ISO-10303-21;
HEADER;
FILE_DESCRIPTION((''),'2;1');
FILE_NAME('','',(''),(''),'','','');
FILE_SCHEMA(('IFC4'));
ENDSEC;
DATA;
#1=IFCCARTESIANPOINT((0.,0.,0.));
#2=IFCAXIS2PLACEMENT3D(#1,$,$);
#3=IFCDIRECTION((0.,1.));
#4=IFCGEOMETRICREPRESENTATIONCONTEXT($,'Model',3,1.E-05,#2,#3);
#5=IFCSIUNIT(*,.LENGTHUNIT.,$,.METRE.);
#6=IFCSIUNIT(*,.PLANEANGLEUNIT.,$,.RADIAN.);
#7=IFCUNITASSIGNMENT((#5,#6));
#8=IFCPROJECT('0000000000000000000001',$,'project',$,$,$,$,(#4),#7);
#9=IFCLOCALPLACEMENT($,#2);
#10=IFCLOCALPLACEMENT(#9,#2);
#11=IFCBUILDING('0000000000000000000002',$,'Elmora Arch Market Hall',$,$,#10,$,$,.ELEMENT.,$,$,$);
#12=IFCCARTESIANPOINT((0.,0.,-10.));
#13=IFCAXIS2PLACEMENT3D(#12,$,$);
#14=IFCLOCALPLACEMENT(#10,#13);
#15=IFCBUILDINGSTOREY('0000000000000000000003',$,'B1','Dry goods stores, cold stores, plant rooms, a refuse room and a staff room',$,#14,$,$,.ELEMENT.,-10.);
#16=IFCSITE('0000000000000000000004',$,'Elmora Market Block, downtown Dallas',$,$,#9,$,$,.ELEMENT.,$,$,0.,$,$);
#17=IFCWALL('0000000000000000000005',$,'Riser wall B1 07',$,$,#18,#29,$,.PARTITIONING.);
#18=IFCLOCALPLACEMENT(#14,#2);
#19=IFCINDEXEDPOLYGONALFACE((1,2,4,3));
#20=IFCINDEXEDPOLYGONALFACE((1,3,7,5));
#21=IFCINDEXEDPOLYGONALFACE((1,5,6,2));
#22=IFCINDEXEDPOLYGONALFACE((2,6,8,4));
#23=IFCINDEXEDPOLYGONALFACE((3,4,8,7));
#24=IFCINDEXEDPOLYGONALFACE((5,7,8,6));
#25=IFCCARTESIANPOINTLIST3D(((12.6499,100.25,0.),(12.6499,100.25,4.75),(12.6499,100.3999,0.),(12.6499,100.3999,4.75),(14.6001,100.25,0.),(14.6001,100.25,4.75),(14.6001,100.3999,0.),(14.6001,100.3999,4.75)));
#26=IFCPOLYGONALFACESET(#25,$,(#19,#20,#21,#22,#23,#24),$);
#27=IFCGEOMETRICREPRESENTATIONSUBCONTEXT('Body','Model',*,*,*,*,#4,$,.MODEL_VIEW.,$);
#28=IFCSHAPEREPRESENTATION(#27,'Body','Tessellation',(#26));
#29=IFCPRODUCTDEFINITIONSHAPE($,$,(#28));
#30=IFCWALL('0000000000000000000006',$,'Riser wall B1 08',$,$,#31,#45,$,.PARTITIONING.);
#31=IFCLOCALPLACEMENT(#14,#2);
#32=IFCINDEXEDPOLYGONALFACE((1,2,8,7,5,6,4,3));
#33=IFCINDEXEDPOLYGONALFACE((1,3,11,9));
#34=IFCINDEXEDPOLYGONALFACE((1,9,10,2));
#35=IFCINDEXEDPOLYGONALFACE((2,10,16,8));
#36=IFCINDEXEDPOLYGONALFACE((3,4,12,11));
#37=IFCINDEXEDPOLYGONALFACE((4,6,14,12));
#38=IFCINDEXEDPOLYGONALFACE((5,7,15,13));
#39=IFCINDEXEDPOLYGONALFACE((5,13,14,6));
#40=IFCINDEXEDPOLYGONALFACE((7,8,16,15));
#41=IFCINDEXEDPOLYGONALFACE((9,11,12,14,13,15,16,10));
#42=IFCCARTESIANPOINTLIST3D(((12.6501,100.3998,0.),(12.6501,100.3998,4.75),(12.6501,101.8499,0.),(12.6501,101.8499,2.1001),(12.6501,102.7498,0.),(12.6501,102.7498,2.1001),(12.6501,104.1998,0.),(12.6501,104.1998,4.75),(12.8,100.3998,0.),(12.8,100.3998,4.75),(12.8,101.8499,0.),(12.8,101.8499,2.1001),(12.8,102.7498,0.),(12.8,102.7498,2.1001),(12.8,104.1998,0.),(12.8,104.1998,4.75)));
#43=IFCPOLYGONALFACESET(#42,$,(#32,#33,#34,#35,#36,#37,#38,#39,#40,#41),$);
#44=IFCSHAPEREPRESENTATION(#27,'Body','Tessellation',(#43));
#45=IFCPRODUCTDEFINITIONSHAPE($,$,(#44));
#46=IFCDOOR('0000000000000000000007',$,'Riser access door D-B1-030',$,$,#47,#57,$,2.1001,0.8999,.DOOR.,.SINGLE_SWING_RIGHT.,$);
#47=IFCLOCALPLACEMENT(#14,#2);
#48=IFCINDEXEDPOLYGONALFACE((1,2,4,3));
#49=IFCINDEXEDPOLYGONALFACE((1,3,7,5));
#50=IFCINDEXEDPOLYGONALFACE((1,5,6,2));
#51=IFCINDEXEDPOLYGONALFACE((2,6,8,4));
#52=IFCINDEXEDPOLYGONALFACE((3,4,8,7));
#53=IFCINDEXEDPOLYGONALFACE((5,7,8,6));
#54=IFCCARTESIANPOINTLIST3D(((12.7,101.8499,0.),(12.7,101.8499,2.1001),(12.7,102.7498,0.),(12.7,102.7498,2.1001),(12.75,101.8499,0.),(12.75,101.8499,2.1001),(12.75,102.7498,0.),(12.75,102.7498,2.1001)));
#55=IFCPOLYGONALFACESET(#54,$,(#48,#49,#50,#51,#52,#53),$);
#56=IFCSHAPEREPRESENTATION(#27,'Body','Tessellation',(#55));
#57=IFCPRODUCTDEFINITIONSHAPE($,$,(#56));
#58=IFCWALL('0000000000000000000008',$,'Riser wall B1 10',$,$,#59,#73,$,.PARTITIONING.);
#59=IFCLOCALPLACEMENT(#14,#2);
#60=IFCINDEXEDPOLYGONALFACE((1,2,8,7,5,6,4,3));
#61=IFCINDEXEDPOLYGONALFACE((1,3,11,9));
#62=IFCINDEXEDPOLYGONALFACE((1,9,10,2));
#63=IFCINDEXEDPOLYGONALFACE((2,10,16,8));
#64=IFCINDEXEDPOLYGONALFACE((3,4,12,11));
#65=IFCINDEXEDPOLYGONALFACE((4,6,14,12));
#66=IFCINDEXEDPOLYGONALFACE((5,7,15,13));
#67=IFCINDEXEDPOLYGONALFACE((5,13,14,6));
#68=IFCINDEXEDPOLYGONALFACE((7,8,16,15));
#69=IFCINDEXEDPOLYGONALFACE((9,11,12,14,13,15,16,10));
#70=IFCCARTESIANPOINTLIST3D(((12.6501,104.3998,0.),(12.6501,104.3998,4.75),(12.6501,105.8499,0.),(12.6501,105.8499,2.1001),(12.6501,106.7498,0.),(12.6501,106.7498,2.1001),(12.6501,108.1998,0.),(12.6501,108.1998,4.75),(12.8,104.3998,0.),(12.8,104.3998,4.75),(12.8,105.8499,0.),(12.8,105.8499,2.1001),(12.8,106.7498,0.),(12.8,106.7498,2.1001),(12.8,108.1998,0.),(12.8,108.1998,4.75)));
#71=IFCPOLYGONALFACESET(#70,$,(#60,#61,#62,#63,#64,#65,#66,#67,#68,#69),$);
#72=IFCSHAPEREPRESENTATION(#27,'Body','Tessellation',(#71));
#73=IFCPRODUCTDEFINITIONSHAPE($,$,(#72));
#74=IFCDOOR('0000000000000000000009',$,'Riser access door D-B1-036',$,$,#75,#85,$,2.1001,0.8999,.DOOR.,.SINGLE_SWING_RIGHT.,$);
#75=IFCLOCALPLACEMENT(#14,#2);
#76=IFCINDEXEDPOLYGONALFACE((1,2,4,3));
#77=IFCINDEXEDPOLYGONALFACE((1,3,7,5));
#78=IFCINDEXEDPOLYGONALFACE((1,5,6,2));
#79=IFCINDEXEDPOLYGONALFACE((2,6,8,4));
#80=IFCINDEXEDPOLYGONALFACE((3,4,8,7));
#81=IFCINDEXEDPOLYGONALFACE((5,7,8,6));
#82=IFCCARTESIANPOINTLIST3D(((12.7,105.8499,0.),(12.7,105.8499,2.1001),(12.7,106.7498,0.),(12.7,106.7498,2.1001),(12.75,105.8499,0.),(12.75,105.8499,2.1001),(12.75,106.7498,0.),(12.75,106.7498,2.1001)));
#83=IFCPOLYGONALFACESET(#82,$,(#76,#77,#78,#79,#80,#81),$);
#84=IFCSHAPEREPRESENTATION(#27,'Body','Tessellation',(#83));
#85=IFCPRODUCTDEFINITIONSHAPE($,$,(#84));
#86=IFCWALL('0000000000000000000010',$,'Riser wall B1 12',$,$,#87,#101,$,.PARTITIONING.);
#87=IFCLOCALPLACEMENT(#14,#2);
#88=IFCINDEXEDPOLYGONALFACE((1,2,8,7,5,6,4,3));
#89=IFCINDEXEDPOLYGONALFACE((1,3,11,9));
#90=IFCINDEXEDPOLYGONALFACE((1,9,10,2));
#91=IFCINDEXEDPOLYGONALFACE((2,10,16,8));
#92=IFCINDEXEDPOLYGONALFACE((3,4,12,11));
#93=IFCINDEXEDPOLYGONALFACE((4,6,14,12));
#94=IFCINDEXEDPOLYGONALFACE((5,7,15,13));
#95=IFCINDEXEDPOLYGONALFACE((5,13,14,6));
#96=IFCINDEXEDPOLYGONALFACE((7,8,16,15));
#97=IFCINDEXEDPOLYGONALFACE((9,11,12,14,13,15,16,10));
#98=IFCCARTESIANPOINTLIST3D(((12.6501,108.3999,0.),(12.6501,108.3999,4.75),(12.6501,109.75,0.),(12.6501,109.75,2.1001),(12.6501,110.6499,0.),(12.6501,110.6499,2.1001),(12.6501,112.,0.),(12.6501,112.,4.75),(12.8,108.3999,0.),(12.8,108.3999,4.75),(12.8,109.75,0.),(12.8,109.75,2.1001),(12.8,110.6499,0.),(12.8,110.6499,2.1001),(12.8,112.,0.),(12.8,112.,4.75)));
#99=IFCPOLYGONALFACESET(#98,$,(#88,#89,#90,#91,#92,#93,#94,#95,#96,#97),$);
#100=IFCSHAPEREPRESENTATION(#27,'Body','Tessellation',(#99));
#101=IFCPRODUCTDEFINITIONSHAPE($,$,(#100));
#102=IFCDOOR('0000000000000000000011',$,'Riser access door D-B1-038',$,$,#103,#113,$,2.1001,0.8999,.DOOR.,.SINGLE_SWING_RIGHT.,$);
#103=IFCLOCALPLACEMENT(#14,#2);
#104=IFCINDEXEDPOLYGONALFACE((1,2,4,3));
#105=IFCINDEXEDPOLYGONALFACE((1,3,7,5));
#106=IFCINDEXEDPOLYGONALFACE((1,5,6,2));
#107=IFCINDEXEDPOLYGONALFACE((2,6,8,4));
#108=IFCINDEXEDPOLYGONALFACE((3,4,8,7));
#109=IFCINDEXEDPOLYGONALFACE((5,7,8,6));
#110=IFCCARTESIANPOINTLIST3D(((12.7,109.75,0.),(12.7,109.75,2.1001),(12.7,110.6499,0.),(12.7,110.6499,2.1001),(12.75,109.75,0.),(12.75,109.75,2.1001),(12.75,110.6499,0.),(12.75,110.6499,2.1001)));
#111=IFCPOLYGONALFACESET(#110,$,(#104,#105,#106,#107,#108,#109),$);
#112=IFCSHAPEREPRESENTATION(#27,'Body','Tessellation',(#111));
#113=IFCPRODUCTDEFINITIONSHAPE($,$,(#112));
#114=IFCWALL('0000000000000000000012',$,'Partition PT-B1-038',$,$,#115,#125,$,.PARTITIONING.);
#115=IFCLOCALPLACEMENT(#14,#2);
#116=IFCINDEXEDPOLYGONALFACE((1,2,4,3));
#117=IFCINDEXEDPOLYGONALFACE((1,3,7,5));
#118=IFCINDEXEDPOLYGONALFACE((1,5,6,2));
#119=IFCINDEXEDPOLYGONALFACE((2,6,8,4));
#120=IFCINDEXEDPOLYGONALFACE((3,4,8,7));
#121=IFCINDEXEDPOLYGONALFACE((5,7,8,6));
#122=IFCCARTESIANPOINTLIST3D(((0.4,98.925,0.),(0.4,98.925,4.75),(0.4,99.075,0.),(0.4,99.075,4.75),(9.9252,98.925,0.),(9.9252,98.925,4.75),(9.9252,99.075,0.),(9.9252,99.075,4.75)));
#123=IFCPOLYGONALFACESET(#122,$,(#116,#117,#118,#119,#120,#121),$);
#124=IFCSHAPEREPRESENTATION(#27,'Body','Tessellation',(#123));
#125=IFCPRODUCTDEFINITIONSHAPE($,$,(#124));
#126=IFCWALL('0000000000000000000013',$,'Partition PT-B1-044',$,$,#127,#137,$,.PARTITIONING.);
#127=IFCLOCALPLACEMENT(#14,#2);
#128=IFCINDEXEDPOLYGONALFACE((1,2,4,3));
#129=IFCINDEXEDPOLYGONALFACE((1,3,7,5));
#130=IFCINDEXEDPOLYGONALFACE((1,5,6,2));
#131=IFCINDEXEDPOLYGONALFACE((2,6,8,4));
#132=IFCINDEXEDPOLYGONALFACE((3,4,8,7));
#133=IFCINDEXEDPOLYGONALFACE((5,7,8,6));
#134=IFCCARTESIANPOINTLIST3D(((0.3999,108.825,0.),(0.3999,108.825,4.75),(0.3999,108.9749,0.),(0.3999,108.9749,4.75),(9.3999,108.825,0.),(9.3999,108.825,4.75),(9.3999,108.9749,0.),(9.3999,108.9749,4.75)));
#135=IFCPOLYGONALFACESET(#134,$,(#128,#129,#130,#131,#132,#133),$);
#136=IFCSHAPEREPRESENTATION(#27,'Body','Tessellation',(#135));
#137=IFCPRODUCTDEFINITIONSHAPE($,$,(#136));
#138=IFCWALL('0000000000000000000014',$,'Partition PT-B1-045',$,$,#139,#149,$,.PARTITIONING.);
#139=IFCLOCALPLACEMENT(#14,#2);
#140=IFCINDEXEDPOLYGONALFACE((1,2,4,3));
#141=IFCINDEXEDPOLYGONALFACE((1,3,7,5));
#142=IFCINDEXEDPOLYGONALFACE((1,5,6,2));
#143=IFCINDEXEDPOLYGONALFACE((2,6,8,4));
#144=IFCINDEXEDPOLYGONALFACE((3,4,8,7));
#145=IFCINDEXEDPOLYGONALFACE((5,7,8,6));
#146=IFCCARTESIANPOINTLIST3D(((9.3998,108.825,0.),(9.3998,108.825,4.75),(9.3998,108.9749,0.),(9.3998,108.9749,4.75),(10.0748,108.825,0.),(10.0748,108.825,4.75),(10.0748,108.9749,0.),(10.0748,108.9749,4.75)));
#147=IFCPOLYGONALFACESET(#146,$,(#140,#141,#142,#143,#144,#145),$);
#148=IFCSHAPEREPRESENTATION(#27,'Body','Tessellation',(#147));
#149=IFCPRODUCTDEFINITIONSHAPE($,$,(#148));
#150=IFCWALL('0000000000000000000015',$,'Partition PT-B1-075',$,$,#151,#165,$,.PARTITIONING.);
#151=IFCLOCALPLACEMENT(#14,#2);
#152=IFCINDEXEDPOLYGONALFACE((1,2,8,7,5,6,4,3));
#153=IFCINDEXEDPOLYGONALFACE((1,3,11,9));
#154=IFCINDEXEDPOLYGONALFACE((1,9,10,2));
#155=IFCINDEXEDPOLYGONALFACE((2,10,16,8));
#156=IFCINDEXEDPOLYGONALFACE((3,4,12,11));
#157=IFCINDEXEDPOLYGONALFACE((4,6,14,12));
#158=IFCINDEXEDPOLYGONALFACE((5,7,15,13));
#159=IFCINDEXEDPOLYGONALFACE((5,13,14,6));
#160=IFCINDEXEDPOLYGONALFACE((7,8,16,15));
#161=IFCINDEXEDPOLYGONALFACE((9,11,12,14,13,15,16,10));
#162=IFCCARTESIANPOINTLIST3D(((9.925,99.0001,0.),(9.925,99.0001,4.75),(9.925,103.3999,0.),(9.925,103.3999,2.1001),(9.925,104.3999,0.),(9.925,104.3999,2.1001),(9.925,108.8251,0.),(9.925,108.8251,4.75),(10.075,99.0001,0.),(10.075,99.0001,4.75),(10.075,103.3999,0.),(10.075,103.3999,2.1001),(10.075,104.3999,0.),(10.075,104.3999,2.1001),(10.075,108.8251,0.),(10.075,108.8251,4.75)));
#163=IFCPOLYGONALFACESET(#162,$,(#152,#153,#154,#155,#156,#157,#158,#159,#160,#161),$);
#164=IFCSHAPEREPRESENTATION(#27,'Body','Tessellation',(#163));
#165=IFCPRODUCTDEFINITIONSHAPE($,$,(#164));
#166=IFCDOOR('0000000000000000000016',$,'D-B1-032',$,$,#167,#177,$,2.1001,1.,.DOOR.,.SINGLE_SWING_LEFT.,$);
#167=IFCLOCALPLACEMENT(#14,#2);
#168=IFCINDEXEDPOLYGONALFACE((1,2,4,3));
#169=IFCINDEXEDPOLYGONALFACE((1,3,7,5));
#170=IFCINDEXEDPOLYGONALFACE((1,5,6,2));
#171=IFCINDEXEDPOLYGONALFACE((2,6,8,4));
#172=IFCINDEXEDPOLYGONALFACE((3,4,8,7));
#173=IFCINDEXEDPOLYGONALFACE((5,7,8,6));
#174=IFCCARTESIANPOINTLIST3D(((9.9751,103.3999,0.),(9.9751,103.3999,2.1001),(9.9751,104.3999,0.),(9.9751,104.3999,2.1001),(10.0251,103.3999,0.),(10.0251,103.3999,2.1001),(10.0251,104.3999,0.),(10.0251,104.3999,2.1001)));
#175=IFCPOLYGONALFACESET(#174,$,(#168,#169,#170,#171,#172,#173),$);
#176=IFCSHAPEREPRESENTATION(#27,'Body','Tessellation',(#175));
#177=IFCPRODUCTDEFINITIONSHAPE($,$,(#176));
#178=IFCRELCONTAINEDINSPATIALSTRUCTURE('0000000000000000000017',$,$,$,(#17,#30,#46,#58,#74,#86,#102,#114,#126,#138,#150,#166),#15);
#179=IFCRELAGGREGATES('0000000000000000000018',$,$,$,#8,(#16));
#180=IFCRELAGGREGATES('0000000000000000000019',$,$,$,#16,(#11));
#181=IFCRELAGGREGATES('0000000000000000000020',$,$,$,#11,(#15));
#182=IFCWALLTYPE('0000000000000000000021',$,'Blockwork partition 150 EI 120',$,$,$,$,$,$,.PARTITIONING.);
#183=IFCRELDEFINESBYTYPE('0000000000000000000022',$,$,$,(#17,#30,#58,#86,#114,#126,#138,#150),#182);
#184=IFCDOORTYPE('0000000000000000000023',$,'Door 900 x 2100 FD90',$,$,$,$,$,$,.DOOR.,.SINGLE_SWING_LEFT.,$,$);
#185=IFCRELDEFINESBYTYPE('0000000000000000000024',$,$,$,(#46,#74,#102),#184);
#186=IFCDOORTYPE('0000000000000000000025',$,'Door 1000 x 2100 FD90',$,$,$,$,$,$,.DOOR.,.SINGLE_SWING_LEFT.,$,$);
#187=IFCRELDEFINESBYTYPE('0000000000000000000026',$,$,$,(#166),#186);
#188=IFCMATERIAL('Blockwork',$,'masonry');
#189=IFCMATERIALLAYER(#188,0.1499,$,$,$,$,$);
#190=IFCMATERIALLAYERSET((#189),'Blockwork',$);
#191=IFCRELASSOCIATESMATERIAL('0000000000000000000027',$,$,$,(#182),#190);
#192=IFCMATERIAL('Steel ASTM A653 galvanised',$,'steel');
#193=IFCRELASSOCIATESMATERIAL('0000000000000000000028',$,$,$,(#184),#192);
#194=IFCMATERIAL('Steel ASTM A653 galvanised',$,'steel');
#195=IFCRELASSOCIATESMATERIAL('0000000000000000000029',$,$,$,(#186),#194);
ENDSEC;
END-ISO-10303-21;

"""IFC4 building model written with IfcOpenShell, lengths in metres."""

from ifc_helpers import new_model, si_unit, direction, frame, frame_2d, origin, place, context, subcontext, project, spatial, rectangle, extrude, material, layer, layer_set, type_object, element, fill, save


model = new_model("IFC4")

# Units and contexts
model_context = context("Model", 3, precision=1e-05, world=origin(), true_north=direction((0.0, 1.0)))
body_context = subcontext(model_context, "Body", "Model", "MODEL_VIEW")
ifc_project = project(units=[si_unit("LENGTHUNIT", "METRE"), si_unit("PLANEANGLEUNIT", "RADIAN")], contexts=[model_context])

# Site, building, storey
site_placement = place(None, origin())
site = spatial("IfcSite", under=ifc_project, at=site_placement, Name="Elmora Market Block, downtown Dallas", CompositionType="ELEMENT", RefElevation=0.0)
building_placement = place(site_placement, origin())
building = spatial("IfcBuilding", under=site, at=building_placement, Name="Elmora Arch Market Hall", CompositionType="ELEMENT")
storey_placement = place(building_placement, frame((0.0, 0.0, -10.0)))
storey = spatial("IfcBuildingStorey", under=building, at=storey_placement, Name="B1", Description="Dry goods stores, cold stores, plant rooms, a refuse room and a staff room", CompositionType="ELEMENT", Elevation=-10.0)

# Wall
ifc_material_1 = material(Name="Blockwork", Category="masonry")
ifc_layer_1 = layer(ifc_material_1, 0.1499)
ifc_layer_set_1 = layer_set([ifc_layer_1], Name="Blockwork")
wall_type_1 = type_object("IfcWallType", Name="Blockwork partition 150 EI 120", PredefinedType="PARTITIONING", material=ifc_layer_set_1)
wall_1_placement = place(storey_placement, frame((12.6499, 100.325, 0.0), z_axis=(0.0, 0.0, 1.0), x_axis=(1.0, 0.0, 0.0)))
element("IfcWall", 1, at=wall_1_placement, inside=storey, type_object=wall_type_1, Name="Riser wall B1 07", PredefinedType="PARTITIONING", context=body_context, shape_type="SweptSolid", body=[
    extrude(rectangle(XDim=1.9502, YDim=0.1499, at=frame_2d((0.9751, 0.0))), origin(), (0.0, 0.0, 1.0), 4.75),
])

# Walls, openings, doors
wall_2_placement = place(storey_placement, frame((12.7251, 100.3999, 0.0), z_axis=(0.0, 0.0, 1.0), x_axis=(0.0, 1.0, 0.0)))
wall_2 = element("IfcWall", 2, at=wall_2_placement, inside=storey, type_object=wall_type_1, Name="Riser wall B1 08", PredefinedType="PARTITIONING", context=body_context, shape_type="SweptSolid", body=[
    extrude(rectangle(XDim=3.8, YDim=0.1499, at=frame_2d((1.8999, 0.0))), origin(), (0.0, 0.0, 1.0), 4.75),
])
opening_1_placement = place(wall_2_placement, frame((1.45, 0.0, 0.0)))
opening_1 = element("IfcOpeningElement", 3, at=opening_1_placement, cuts=wall_2, PredefinedType="OPENING", context=body_context, shape_type="SweptSolid", body=[
    extrude(rectangle(XDim=0.8999, YDim=2.1001, at=frame_2d((0.45, 1.05))), frame((0.0, 0.085, 0.0), z_axis=(0.0, -1.0, 0.0), x_axis=(1.0, 0.0, 0.0)), (0.0, 0.0, 1.0), 0.1699),
])
ifc_material_2 = material(Name="Steel ASTM A653 galvanised", Category="steel")
door_type_1 = type_object("IfcDoorType", Name="Door 900 x 2100 FD90", OperationType="SINGLE_SWING_LEFT", PredefinedType="DOOR", material=ifc_material_2)
door_1_placement = place(opening_1_placement, frame((0.8999, 0.0, 0.0), z_axis=(0.0, 0.0, 1.0), x_axis=(-1.0, 0.0, 0.0)))
door_1 = element("IfcDoor", 4, at=door_1_placement, inside=storey, type_object=door_type_1, Name="Riser access door D-B1-030", OperationType="SINGLE_SWING_RIGHT", OverallHeight=2.1001, OverallWidth=0.8999, PredefinedType="DOOR", context=body_context, shape_type="SweptSolid", body=[
    extrude(rectangle(XDim=0.8999, YDim=2.1001, at=frame_2d((0.45, 1.05))), frame((0.0, 0.0249, 0.0), z_axis=(0.0, -1.0, 0.0), x_axis=(1.0, 0.0, 0.0)), (0.0, 0.0, 1.0), 0.05),
])
fill(opening_1, door_1)
wall_3_placement = place(storey_placement, frame((12.7251, 104.3999, 0.0), z_axis=(0.0, 0.0, 1.0), x_axis=(0.0, 1.0, 0.0)))
wall_3 = element("IfcWall", 5, at=wall_3_placement, inside=storey, type_object=wall_type_1, Name="Riser wall B1 10", PredefinedType="PARTITIONING", context=body_context, shape_type="SweptSolid", body=[
    extrude(rectangle(XDim=3.8, YDim=0.1499, at=frame_2d((1.8999, 0.0))), origin(), (0.0, 0.0, 1.0), 4.75),
])
opening_2_placement = place(wall_3_placement, frame((1.45, 0.0, 0.0)))
opening_2 = element("IfcOpeningElement", 6, at=opening_2_placement, cuts=wall_3, PredefinedType="OPENING", context=body_context, shape_type="SweptSolid", body=[
    extrude(rectangle(XDim=0.8999, YDim=2.1001, at=frame_2d((0.45, 1.05))), frame((0.0, 0.085, 0.0), z_axis=(0.0, -1.0, 0.0), x_axis=(1.0, 0.0, 0.0)), (0.0, 0.0, 1.0), 0.1699),
])
door_2_placement = place(opening_2_placement, frame((0.8999, 0.0, 0.0), z_axis=(0.0, 0.0, 1.0), x_axis=(-1.0, 0.0, 0.0)))
door_2 = element("IfcDoor", 7, at=door_2_placement, inside=storey, type_object=door_type_1, Name="Riser access door D-B1-036", OperationType="SINGLE_SWING_RIGHT", OverallHeight=2.1001, OverallWidth=0.8999, PredefinedType="DOOR", context=body_context, shape_type="SweptSolid", body=[
    extrude(rectangle(XDim=0.8999, YDim=2.1001, at=frame_2d((0.45, 1.05))), frame((0.0, 0.0249, 0.0), z_axis=(0.0, -1.0, 0.0), x_axis=(1.0, 0.0, 0.0)), (0.0, 0.0, 1.0), 0.05),
])
fill(opening_2, door_2)
wall_4_placement = place(storey_placement, frame((12.7251, 108.3999, 0.0), z_axis=(0.0, 0.0, 1.0), x_axis=(0.0, 1.0, 0.0)))
wall_4 = element("IfcWall", 8, at=wall_4_placement, inside=storey, type_object=wall_type_1, Name="Riser wall B1 12", PredefinedType="PARTITIONING", context=body_context, shape_type="SweptSolid", body=[
    extrude(rectangle(XDim=3.6001, YDim=0.1499, at=frame_2d((1.8, 0.0))), origin(), (0.0, 0.0, 1.0), 4.75),
])
opening_3_placement = place(wall_4_placement, frame((1.3501, 0.0, 0.0)))
opening_3 = element("IfcOpeningElement", 9, at=opening_3_placement, cuts=wall_4, PredefinedType="OPENING", context=body_context, shape_type="SweptSolid", body=[
    extrude(rectangle(XDim=0.8999, YDim=2.1001, at=frame_2d((0.45, 1.05))), frame((0.0, 0.085, 0.0), z_axis=(0.0, -1.0, 0.0), x_axis=(1.0, 0.0, 0.0)), (0.0, 0.0, 1.0), 0.1699),
])
door_3_placement = place(opening_3_placement, frame((0.8999, 0.0, 0.0), z_axis=(0.0, 0.0, 1.0), x_axis=(-1.0, 0.0, 0.0)))
door_3 = element("IfcDoor", 10, at=door_3_placement, inside=storey, type_object=door_type_1, Name="Riser access door D-B1-038", OperationType="SINGLE_SWING_RIGHT", OverallHeight=2.1001, OverallWidth=0.8999, PredefinedType="DOOR", context=body_context, shape_type="SweptSolid", body=[
    extrude(rectangle(XDim=0.8999, YDim=2.1001, at=frame_2d((0.45, 1.05))), frame((0.0, 0.0249, 0.0), z_axis=(0.0, -1.0, 0.0), x_axis=(1.0, 0.0, 0.0)), (0.0, 0.0, 1.0), 0.05),
])
fill(opening_3, door_3)

# Walls
wall_5_placement = place(storey_placement, frame((0.3999, 99.0, 0.0), z_axis=(0.0, 0.0, 1.0), x_axis=(1.0, 0.0, 0.0)))
element("IfcWall", 11, at=wall_5_placement, inside=storey, type_object=wall_type_1, Name="Partition PT-B1-038", PredefinedType="PARTITIONING", context=body_context, shape_type="SweptSolid", body=[
    extrude(rectangle(XDim=9.5251, YDim=0.1499, at=frame_2d((4.7627, 0.0))), origin(), (0.0, 0.0, 1.0), 4.75),
])
wall_6_placement = place(storey_placement, frame((0.3999, 108.8999, 0.0), z_axis=(0.0, 0.0, 1.0), x_axis=(1.0, 0.0, 0.0)))
element("IfcWall", 12, at=wall_6_placement, inside=storey, type_object=wall_type_1, Name="Partition PT-B1-044", PredefinedType="PARTITIONING", context=body_context, shape_type="SweptSolid", body=[
    extrude(rectangle(XDim=9.0, YDim=0.1499, at=frame_2d((4.5, 0.0))), origin(), (0.0, 0.0, 1.0), 4.75),
])
wall_7_placement = place(storey_placement, frame((9.3999, 108.8999, 0.0), z_axis=(0.0, 0.0, 1.0), x_axis=(1.0, 0.0, 0.0)))
element("IfcWall", 13, at=wall_7_placement, inside=storey, type_object=wall_type_1, Name="Partition PT-B1-045", PredefinedType="PARTITIONING", context=body_context, shape_type="SweptSolid", body=[
    extrude(rectangle(XDim=0.675, YDim=0.1499, at=frame_2d((0.3374, 0.0))), origin(), (0.0, 0.0, 1.0), 4.75),
])

# Wall, opening, door
wall_8_placement = place(storey_placement, frame((10.0, 99.0, 0.0), z_axis=(0.0, 0.0, 1.0), x_axis=(0.0, 1.0, 0.0)))
wall_8 = element("IfcWall", 14, at=wall_8_placement, inside=storey, type_object=wall_type_1, Name="Partition PT-B1-075", PredefinedType="PARTITIONING", context=body_context, shape_type="SweptSolid", body=[
    extrude(rectangle(XDim=9.825, YDim=0.1499, at=frame_2d((4.9126, 0.0))), origin(), (0.0, 0.0, 1.0), 4.75),
])
opening_4_placement = place(wall_8_placement, frame((4.3999, 0.0, 0.0)))
opening_4 = element("IfcOpeningElement", 15, at=opening_4_placement, cuts=wall_8, PredefinedType="OPENING", context=body_context, shape_type="SweptSolid", body=[
    extrude(rectangle(XDim=1.0, YDim=2.1001, at=frame_2d((0.5, 1.05))), frame((0.0, 0.085, 0.0), z_axis=(0.0, -1.0, 0.0), x_axis=(1.0, 0.0, 0.0)), (0.0, 0.0, 1.0), 0.1699),
])
ifc_material_3 = material(Name="Steel ASTM A653 galvanised", Category="steel")
door_type_2 = type_object("IfcDoorType", Name="Door 1000 x 2100 FD90", OperationType="SINGLE_SWING_LEFT", PredefinedType="DOOR", material=ifc_material_3)
door_4_placement = place(opening_4_placement, origin())
door_4 = element("IfcDoor", 16, at=door_4_placement, inside=storey, type_object=door_type_2, Name="D-B1-032", OperationType="SINGLE_SWING_LEFT", OverallHeight=2.1001, OverallWidth=1.0, PredefinedType="DOOR", context=body_context, shape_type="SweptSolid", body=[
    extrude(rectangle(XDim=1.0, YDim=2.1001, at=frame_2d((0.5, 1.05))), frame((0.0, 0.0249, 0.0), z_axis=(0.0, -1.0, 0.0), x_axis=(1.0, 0.0, 0.0)), (0.0, 0.0, 1.0), 0.05),
])
fill(opening_4, door_4)

save(model, "model.ifc")
